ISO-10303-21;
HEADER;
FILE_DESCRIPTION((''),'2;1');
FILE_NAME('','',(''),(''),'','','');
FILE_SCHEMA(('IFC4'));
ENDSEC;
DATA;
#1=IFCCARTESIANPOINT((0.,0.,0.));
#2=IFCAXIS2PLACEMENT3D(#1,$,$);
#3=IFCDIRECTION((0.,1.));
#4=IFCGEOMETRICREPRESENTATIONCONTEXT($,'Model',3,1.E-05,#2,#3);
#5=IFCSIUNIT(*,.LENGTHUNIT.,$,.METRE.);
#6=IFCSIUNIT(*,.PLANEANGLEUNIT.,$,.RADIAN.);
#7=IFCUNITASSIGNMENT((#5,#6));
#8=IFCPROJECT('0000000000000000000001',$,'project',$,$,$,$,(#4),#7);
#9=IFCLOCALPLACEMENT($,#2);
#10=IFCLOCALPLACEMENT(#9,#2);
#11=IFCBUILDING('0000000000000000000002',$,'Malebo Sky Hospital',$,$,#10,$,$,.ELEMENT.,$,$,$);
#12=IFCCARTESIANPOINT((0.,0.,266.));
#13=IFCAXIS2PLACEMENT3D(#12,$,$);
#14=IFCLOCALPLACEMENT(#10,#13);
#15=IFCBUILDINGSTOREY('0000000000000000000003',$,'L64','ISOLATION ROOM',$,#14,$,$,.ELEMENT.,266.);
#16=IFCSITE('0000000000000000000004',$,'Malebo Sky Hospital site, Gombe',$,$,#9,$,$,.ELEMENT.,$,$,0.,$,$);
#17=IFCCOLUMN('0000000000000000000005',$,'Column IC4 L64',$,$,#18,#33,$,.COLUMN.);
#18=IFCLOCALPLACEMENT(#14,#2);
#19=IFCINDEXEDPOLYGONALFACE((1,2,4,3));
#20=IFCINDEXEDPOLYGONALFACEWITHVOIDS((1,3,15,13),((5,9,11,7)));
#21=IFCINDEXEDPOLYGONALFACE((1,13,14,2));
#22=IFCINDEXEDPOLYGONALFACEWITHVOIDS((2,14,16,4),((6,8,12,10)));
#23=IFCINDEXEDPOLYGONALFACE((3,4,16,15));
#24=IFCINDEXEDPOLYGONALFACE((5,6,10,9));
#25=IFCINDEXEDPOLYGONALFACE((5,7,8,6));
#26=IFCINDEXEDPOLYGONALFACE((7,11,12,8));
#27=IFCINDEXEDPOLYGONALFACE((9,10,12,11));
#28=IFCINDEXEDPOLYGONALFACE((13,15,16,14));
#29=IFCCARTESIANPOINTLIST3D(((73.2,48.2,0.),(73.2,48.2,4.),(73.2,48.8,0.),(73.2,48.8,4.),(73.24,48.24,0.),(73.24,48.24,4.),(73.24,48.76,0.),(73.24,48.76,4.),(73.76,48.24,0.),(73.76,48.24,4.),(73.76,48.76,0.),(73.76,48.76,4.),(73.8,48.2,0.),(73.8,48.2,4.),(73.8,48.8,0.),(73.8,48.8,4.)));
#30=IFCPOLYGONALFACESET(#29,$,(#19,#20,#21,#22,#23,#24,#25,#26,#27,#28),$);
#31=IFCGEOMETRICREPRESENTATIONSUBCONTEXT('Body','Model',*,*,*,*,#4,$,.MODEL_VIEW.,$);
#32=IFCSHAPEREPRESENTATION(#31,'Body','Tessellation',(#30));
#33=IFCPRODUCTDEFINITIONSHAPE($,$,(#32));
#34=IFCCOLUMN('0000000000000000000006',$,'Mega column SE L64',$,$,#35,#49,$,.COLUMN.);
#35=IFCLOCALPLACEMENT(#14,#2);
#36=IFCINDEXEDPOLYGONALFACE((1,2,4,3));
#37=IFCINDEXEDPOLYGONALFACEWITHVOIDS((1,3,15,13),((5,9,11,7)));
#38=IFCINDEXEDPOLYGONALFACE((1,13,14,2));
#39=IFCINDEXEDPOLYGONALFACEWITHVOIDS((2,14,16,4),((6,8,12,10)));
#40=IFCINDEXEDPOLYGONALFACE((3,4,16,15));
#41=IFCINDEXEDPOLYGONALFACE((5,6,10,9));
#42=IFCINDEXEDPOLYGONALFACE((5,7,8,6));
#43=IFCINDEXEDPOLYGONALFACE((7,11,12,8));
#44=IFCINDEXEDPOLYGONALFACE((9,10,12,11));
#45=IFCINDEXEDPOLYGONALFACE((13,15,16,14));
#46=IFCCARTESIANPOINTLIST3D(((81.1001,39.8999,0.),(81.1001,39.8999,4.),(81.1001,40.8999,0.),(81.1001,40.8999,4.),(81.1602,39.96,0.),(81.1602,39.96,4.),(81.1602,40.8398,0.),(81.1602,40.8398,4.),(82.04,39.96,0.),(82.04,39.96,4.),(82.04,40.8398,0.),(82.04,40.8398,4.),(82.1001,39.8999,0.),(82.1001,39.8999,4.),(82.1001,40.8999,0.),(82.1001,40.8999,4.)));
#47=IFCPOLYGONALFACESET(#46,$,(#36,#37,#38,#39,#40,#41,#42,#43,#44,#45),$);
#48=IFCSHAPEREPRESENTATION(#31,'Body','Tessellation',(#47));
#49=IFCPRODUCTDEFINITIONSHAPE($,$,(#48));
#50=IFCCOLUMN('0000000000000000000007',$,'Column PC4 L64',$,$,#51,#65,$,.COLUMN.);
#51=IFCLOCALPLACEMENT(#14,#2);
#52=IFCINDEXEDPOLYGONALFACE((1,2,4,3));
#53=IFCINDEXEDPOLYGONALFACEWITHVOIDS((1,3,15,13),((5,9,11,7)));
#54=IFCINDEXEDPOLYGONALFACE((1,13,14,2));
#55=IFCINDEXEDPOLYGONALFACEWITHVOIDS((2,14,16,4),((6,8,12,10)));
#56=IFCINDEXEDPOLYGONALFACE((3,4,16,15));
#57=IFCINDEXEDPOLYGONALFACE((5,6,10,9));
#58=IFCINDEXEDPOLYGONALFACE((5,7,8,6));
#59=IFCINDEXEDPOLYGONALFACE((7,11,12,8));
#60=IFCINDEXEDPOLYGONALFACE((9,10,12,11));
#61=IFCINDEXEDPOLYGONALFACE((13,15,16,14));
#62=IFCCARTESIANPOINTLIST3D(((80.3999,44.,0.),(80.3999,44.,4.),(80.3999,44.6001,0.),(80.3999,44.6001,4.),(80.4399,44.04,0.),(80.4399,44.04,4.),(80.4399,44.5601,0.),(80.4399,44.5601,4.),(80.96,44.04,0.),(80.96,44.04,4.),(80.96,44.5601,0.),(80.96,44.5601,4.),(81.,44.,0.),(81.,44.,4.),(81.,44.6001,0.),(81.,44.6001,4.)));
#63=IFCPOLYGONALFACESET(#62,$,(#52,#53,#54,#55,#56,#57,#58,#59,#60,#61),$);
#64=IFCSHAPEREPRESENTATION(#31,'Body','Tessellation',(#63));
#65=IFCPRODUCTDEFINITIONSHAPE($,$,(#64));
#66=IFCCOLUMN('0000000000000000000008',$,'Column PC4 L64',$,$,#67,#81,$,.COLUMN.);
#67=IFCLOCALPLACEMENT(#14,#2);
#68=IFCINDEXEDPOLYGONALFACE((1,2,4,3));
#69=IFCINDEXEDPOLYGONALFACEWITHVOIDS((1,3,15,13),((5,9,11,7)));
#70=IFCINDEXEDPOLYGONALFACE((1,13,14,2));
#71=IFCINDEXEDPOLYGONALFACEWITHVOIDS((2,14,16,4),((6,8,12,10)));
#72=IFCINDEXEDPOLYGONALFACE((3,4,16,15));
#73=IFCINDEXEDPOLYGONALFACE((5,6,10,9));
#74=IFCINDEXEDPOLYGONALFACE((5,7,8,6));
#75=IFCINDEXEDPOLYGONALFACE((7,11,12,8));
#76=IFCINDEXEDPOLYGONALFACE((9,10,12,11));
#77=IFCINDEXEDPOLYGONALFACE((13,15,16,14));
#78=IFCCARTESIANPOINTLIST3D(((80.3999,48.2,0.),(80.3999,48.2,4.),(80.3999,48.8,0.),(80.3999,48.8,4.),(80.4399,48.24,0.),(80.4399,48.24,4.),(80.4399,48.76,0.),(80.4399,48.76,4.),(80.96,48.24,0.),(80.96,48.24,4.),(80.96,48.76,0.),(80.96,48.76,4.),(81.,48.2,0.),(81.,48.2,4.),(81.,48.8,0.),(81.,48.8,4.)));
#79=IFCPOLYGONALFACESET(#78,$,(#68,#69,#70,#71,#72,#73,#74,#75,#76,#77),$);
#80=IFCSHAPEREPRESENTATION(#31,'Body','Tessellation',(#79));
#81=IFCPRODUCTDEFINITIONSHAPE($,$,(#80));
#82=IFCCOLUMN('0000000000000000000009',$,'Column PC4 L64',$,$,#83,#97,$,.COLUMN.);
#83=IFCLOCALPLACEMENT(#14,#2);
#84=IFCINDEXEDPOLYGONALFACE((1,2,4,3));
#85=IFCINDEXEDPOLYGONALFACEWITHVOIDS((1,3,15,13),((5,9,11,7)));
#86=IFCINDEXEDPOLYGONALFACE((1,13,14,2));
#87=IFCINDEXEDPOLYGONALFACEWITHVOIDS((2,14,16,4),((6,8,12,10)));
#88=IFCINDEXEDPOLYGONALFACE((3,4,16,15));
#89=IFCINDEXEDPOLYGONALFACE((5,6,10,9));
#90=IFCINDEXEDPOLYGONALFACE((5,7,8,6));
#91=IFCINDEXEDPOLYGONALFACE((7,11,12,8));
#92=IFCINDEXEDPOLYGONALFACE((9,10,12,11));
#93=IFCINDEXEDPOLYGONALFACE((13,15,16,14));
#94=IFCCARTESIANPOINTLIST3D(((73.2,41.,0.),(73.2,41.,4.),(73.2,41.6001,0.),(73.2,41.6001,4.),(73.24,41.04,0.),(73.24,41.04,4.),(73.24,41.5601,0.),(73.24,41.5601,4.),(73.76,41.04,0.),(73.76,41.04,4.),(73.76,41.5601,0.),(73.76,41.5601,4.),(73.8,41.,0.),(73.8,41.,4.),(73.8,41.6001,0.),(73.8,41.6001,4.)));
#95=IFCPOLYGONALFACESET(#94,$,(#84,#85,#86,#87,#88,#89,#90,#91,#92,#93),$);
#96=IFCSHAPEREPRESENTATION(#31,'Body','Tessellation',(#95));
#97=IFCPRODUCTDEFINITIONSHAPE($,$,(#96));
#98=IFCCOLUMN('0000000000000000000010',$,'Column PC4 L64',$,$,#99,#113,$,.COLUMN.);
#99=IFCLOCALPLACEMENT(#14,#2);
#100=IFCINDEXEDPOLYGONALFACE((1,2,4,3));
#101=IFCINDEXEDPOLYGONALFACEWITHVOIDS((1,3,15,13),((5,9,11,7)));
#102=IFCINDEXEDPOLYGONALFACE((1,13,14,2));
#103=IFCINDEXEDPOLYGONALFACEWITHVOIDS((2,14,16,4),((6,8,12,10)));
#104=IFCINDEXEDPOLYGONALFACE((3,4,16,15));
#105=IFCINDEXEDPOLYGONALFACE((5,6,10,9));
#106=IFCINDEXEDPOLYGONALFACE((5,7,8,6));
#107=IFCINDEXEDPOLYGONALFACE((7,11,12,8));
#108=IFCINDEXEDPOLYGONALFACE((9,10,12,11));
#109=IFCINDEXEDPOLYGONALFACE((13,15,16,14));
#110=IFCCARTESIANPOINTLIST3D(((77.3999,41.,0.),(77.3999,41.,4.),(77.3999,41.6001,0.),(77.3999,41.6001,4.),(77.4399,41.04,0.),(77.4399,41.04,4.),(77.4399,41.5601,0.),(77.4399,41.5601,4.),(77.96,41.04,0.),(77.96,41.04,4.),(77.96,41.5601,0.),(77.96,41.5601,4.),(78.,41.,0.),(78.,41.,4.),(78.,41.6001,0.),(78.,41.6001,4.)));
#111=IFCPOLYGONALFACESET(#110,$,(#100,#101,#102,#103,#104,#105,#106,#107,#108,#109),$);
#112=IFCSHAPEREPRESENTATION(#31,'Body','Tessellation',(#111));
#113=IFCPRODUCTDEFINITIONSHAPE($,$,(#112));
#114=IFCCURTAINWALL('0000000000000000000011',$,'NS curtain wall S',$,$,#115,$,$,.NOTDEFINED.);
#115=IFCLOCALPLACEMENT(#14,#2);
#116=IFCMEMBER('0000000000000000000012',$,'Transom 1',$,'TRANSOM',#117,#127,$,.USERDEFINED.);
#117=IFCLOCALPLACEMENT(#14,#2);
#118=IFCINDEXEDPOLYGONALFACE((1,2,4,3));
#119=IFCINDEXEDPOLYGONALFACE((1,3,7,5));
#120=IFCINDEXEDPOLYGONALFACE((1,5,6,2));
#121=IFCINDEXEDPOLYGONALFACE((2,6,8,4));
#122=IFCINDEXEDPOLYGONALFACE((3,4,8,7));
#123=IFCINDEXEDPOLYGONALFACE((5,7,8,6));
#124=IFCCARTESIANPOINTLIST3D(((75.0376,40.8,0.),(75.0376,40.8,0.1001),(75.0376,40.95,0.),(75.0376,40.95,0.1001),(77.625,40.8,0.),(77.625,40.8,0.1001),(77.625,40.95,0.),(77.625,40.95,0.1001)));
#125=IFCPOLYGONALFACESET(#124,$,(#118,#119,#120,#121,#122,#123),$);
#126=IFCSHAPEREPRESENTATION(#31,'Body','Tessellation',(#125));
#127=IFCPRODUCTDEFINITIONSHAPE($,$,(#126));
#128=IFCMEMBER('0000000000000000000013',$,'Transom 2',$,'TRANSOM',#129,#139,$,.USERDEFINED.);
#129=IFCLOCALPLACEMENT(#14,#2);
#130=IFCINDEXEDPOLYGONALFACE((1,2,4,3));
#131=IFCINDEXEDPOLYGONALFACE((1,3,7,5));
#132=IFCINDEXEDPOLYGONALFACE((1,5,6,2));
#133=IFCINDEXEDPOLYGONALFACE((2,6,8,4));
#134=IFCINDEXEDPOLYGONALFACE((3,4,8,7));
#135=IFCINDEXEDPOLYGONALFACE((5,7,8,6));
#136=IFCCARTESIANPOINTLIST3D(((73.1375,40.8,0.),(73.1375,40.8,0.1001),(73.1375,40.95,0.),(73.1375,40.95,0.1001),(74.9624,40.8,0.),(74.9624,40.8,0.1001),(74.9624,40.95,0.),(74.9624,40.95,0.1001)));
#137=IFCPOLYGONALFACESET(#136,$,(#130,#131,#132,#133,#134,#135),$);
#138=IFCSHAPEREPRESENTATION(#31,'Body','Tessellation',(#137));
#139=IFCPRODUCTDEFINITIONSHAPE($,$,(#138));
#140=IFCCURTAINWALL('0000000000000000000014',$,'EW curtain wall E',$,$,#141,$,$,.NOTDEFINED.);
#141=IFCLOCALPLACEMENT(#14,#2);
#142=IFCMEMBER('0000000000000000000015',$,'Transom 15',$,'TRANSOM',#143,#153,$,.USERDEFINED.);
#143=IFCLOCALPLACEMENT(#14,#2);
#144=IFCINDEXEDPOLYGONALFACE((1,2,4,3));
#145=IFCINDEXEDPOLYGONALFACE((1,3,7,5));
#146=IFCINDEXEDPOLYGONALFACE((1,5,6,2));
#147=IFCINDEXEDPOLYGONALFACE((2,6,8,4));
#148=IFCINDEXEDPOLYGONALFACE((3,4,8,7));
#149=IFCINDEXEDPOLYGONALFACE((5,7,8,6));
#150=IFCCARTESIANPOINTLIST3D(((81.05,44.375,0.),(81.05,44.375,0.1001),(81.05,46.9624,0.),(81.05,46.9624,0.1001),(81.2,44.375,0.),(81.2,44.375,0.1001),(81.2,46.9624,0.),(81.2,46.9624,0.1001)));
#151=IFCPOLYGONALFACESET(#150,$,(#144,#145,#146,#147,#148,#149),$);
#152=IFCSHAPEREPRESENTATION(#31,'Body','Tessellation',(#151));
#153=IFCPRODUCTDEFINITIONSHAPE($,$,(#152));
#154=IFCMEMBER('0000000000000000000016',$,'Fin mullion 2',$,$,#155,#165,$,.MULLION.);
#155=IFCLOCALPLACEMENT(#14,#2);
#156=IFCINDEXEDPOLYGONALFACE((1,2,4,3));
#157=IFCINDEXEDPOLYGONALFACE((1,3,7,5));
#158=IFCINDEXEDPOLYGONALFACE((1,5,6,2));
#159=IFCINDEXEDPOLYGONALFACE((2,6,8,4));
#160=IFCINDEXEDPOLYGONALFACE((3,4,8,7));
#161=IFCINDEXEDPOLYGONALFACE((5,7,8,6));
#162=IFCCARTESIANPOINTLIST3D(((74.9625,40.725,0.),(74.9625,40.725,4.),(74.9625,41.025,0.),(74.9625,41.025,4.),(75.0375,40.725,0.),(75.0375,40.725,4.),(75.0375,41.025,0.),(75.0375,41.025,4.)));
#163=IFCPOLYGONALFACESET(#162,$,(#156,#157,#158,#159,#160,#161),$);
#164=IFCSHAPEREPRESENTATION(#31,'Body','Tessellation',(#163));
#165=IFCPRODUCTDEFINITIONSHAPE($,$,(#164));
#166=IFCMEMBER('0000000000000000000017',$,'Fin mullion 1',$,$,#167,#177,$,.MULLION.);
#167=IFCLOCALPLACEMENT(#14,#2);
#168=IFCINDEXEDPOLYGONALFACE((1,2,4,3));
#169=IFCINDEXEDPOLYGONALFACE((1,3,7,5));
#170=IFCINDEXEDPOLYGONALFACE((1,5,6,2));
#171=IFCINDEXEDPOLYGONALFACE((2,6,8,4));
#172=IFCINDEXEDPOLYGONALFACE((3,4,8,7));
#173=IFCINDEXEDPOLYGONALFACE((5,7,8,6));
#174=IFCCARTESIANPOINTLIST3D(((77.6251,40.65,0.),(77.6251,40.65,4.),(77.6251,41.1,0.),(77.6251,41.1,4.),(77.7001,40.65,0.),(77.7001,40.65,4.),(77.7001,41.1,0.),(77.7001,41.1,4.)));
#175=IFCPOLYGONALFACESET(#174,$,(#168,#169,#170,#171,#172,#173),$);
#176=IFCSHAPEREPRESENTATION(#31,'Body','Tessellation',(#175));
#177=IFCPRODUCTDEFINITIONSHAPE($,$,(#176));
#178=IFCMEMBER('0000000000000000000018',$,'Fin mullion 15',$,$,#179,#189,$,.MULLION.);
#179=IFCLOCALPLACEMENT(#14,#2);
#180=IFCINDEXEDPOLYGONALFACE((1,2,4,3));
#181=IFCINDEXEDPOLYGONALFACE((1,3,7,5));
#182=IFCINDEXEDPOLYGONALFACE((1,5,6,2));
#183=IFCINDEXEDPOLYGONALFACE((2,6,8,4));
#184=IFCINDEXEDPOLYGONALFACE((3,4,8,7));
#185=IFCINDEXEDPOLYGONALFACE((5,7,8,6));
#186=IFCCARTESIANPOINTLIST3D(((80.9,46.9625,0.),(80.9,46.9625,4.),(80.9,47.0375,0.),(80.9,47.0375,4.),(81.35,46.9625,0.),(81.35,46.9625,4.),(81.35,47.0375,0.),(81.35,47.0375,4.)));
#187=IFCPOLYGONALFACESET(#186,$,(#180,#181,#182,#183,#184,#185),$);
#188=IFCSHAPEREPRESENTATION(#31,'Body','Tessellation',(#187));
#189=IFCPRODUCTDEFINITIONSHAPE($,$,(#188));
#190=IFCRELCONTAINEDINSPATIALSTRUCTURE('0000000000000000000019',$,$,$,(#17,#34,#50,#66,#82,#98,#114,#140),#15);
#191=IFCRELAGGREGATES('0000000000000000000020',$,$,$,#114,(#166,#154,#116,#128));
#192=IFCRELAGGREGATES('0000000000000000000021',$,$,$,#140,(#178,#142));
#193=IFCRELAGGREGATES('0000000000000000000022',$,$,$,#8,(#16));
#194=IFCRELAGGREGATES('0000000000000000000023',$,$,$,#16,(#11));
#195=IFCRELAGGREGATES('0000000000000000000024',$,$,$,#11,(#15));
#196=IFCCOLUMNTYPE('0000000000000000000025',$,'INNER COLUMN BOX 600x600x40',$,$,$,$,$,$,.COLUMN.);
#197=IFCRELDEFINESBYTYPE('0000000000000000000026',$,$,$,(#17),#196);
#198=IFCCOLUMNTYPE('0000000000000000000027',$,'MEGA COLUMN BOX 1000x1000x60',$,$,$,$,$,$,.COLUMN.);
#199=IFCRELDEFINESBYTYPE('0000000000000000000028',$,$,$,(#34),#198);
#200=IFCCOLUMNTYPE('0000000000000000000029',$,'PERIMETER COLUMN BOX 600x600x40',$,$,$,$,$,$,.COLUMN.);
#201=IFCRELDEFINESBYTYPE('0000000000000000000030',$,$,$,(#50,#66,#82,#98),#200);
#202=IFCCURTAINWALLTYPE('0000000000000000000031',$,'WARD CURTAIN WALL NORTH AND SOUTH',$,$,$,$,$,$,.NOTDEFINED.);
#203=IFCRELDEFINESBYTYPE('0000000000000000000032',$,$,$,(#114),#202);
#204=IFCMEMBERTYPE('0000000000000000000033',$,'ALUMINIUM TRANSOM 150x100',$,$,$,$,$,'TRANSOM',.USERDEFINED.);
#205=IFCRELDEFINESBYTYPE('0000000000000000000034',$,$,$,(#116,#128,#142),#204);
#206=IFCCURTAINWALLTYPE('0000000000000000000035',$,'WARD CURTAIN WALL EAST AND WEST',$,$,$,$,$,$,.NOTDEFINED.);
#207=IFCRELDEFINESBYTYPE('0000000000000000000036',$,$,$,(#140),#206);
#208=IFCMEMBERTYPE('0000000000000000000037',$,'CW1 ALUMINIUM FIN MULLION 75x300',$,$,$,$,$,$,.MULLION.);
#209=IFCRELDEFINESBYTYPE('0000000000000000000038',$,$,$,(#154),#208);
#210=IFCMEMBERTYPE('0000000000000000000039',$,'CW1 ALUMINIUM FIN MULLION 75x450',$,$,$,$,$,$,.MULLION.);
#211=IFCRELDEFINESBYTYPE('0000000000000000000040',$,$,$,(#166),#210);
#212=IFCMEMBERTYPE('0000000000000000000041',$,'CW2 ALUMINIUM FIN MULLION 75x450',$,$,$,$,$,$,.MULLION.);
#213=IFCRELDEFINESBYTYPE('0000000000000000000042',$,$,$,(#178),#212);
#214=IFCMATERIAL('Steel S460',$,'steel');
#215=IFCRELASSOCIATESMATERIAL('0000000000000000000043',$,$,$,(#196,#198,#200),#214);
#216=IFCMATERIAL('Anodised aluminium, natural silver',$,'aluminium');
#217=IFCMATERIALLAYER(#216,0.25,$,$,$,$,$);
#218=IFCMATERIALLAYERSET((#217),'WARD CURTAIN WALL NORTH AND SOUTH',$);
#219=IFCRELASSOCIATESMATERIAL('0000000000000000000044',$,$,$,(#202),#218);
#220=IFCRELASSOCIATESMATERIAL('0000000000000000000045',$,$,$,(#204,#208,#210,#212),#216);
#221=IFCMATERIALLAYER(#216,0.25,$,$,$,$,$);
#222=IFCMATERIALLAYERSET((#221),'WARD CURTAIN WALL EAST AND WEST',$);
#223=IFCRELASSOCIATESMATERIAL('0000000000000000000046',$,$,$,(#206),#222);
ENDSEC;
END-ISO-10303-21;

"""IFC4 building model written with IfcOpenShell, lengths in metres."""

from ifc_helpers import new_model, si_unit, direction, frame, origin, origin_2d, place, context, subcontext, project, spatial, rectangle, hollow_rectangle, extrude, material, layer, layer_set, material_profile, profile_set, type_object, element, aggregate, save


model = new_model("IFC4")

# Units and contexts
model_context = context("Model", 3, precision=1e-05, world=origin(), true_north=direction((0.0, 1.0)))
body_context = subcontext(model_context, "Body", "Model", "MODEL_VIEW")
ifc_project = project(units=[si_unit("LENGTHUNIT", "METRE"), si_unit("PLANEANGLEUNIT", "RADIAN")], contexts=[model_context])

# Site, building, storey
site_placement = place(None, origin())
site = spatial("IfcSite", under=ifc_project, at=site_placement, Name="Malebo Sky Hospital site, Gombe", CompositionType="ELEMENT", RefElevation=0.0)
building_placement = place(site_placement, origin())
building = spatial("IfcBuilding", under=site, at=building_placement, Name="Malebo Sky Hospital", CompositionType="ELEMENT")
storey_placement = place(building_placement, frame((0.0, 0.0, 266.0)))
storey = spatial("IfcBuildingStorey", under=building, at=storey_placement, Name="L64", Description="ISOLATION ROOM", CompositionType="ELEMENT", Elevation=266.0)

# Columns
ifc_material_1 = material(Name="Steel S460", Category="steel")
ifc_material_profile_1 = material_profile(ifc_material_1, hollow_rectangle(XDim=0.6001, YDim=0.6001, WallThickness=0.04, at=origin_2d()), Name="BOX 600x600x40")
ifc_profile_set_1 = profile_set([ifc_material_profile_1], Name="Steel S460")
column_type_1 = type_object("IfcColumnType", Name="INNER COLUMN BOX 600x600x40", PredefinedType="COLUMN", material=ifc_profile_set_1)
column_1_placement = place(storey_placement, frame((73.5, 48.5, 0.0), z_axis=(0.0, 0.0, 1.0), x_axis=(1.0, 0.0, 0.0)))
element("IfcColumn", 1, at=column_1_placement, inside=storey, type_object=column_type_1, Name="Column IC4 L64", PredefinedType="COLUMN", context=body_context, shape_type="SweptSolid", body=[
    extrude(hollow_rectangle(XDim=0.6001, YDim=0.6001, WallThickness=0.04, at=origin_2d()), origin(), (0.0, 0.0, 1.0), 4.0),
])
ifc_material_profile_2 = material_profile(ifc_material_1, hollow_rectangle(XDim=1.0, YDim=1.0, WallThickness=0.0601, at=origin_2d()), Name="BOX 1000x1000x60")
ifc_profile_set_2 = profile_set([ifc_material_profile_2], Name="Steel S460")
column_type_2 = type_object("IfcColumnType", Name="MEGA COLUMN BOX 1000x1000x60", PredefinedType="COLUMN", material=ifc_profile_set_2)
column_2_placement = place(storey_placement, frame((81.6001, 40.3999, 0.0), z_axis=(0.0, 0.0, 1.0), x_axis=(1.0, 0.0, 0.0)))
element("IfcColumn", 2, at=column_2_placement, inside=storey, type_object=column_type_2, Name="Mega column SE L64", PredefinedType="COLUMN", context=body_context, shape_type="SweptSolid", body=[
    extrude(hollow_rectangle(XDim=1.0, YDim=1.0, WallThickness=0.0601, at=origin_2d()), origin(), (0.0, 0.0, 1.0), 4.0),
])
ifc_material_profile_3 = material_profile(ifc_material_1, hollow_rectangle(XDim=0.6001, YDim=0.6001, WallThickness=0.04, at=origin_2d()), Name="BOX 600x600x40")
ifc_profile_set_3 = profile_set([ifc_material_profile_3], Name="Steel S460")
column_type_3 = type_object("IfcColumnType", Name="PERIMETER COLUMN BOX 600x600x40", PredefinedType="COLUMN", material=ifc_profile_set_3)
for number, where, z_axis, x_axis, name in (
    (3, (80.7, 44.3, 0.0), (0.0, 0.0, 1.0), (1.0, 0.0, 0.0), "Column PC4 L64"),
    (4, (80.7, 48.5, 0.0), (0.0, 0.0, 1.0), (1.0, 0.0, 0.0), "Column PC4 L64"),
    (5, (73.5, 41.3, 0.0), (0.0, 0.0, 1.0), (1.0, 0.0, 0.0), "Column PC4 L64"),
    (6, (77.7, 41.3, 0.0), (0.0, 0.0, 1.0), (1.0, 0.0, 0.0), "Column PC4 L64"),
):
    element("IfcColumn", number, at=place(storey_placement, frame(where, z_axis=z_axis, x_axis=x_axis)), inside=storey, type_object=column_type_3, Name=name, PredefinedType="COLUMN", context=body_context, shape_type="SweptSolid", body=[
        extrude(hollow_rectangle(XDim=0.6001, YDim=0.6001, WallThickness=0.04, at=origin_2d()), origin(), (0.0, 0.0, 1.0), 4.0),
    ])

# Curtain wall, members
ifc_material_2 = material(Name="Anodised aluminium, natural silver", Category="aluminium")
ifc_layer_1 = layer(ifc_material_2, 0.25)
ifc_layer_set_1 = layer_set([ifc_layer_1], Name="WARD CURTAIN WALL NORTH AND SOUTH")
curtain_wall_type_1 = type_object("IfcCurtainWallType", Name="WARD CURTAIN WALL NORTH AND SOUTH", PredefinedType="NOTDEFINED", material=ifc_layer_set_1)
curtain_wall_1_placement = place(storey_placement, origin())
curtain_wall_1 = element("IfcCurtainWall", 7, at=curtain_wall_1_placement, inside=storey, type_object=curtain_wall_type_1, Name="NS curtain wall S", PredefinedType="NOTDEFINED")
ifc_material_profile_4 = material_profile(ifc_material_2, rectangle(XDim=0.1499, YDim=0.1001, at=origin_2d()), Name="ALUMINIUM TRANSOM 150x100")
ifc_profile_set_4 = profile_set([ifc_material_profile_4], Name="Anodised aluminium, natural silver")
member_type_1 = type_object("IfcMemberType", Name="ALUMINIUM TRANSOM 150x100", ElementType="TRANSOM", PredefinedType="USERDEFINED", material=ifc_profile_set_4)
member_1_placement = place(storey_placement, frame((77.625, 40.875, 0.05), z_axis=(-1.0, 0.0, 0.0), x_axis=(0.0, -1.0, 0.0)))
member_1 = element("IfcMember", 8, at=member_1_placement, type_object=member_type_1, Name="Transom 1", ObjectType="TRANSOM", PredefinedType="USERDEFINED", context=body_context, shape_type="SweptSolid", body=[
    extrude(rectangle(XDim=0.1499, YDim=0.1001, at=origin_2d()), origin(), (0.0, 0.0, 1.0), 2.5874),
])
member_2_placement = place(storey_placement, frame((74.9624, 40.875, 0.05), z_axis=(-1.0, 0.0, 0.0), x_axis=(0.0, -1.0, 0.0)))
member_2 = element("IfcMember", 9, at=member_2_placement, type_object=member_type_1, Name="Transom 2", ObjectType="TRANSOM", PredefinedType="USERDEFINED", context=body_context, shape_type="SweptSolid", body=[
    extrude(rectangle(XDim=0.1499, YDim=0.1001, at=origin_2d()), origin(), (0.0, 0.0, 1.0), 1.825),
])

# Curtain wall, member
ifc_layer_2 = layer(ifc_material_2, 0.25)
ifc_layer_set_2 = layer_set([ifc_layer_2], Name="WARD CURTAIN WALL EAST AND WEST")
curtain_wall_type_2 = type_object("IfcCurtainWallType", Name="WARD CURTAIN WALL EAST AND WEST", PredefinedType="NOTDEFINED", material=ifc_layer_set_2)
curtain_wall_2_placement = place(storey_placement, origin())
curtain_wall_2 = element("IfcCurtainWall", 10, at=curtain_wall_2_placement, inside=storey, type_object=curtain_wall_type_2, Name="EW curtain wall E", PredefinedType="NOTDEFINED")
member_3_placement = place(storey_placement, frame((81.125, 46.9624, 0.05), z_axis=(0.0, -1.0, 0.0), x_axis=(1.0, 0.0, 0.0)))
member_3 = element("IfcMember", 11, at=member_3_placement, type_object=member_type_1, Name="Transom 15", ObjectType="TRANSOM", PredefinedType="USERDEFINED", context=body_context, shape_type="SweptSolid", body=[
    extrude(rectangle(XDim=0.1499, YDim=0.1001, at=origin_2d()), origin(), (0.0, 0.0, 1.0), 2.5874),
])

# Members
ifc_material_profile_5 = material_profile(ifc_material_2, rectangle(XDim=0.075, YDim=0.3, at=origin_2d()), Name="CW1 ALUMINIUM FIN MULLION 75x300")
ifc_profile_set_5 = profile_set([ifc_material_profile_5], Name="Anodised aluminium, natural silver")
member_type_2 = type_object("IfcMemberType", Name="CW1 ALUMINIUM FIN MULLION 75x300", PredefinedType="MULLION", material=ifc_profile_set_5)
member_4_placement = place(storey_placement, frame((75.0, 40.875, 0.0), z_axis=(0.0, 0.0, 1.0), x_axis=(-1.0, 0.0, 0.0)))
member_4 = element("IfcMember", 12, at=member_4_placement, type_object=member_type_2, Name="Fin mullion 2", PredefinedType="MULLION", context=body_context, shape_type="SweptSolid", body=[
    extrude(rectangle(XDim=0.075, YDim=0.3, at=origin_2d()), origin(), (0.0, 0.0, 1.0), 4.0),
])
ifc_material_profile_6 = material_profile(ifc_material_2, rectangle(XDim=0.075, YDim=0.45, at=origin_2d()), Name="CW1 ALUMINIUM FIN MULLION 75x450")
ifc_profile_set_6 = profile_set([ifc_material_profile_6], Name="Anodised aluminium, natural silver")
member_type_3 = type_object("IfcMemberType", Name="CW1 ALUMINIUM FIN MULLION 75x450", PredefinedType="MULLION", material=ifc_profile_set_6)
member_5_placement = place(storey_placement, frame((77.6626, 40.875, 0.0), z_axis=(0.0, 0.0, 1.0), x_axis=(-1.0, 0.0, 0.0)))
member_5 = element("IfcMember", 13, at=member_5_placement, type_object=member_type_3, Name="Fin mullion 1", PredefinedType="MULLION", context=body_context, shape_type="SweptSolid", body=[
    extrude(rectangle(XDim=0.075, YDim=0.45, at=origin_2d()), origin(), (0.0, 0.0, 1.0), 4.0),
])
ifc_material_profile_7 = material_profile(ifc_material_2, rectangle(XDim=0.075, YDim=0.45, at=origin_2d()), Name="CW2 ALUMINIUM FIN MULLION 75x450")
ifc_profile_set_7 = profile_set([ifc_material_profile_7], Name="Anodised aluminium, natural silver")
member_type_4 = type_object("IfcMemberType", Name="CW2 ALUMINIUM FIN MULLION 75x450", PredefinedType="MULLION", material=ifc_profile_set_7)
member_6_placement = place(storey_placement, frame((81.125, 47.0, 0.0), z_axis=(0.0, 0.0, 1.0), x_axis=(0.0, -1.0, 0.0)))
member_6 = element("IfcMember", 14, at=member_6_placement, type_object=member_type_4, Name="Fin mullion 15", PredefinedType="MULLION", context=body_context, shape_type="SweptSolid", body=[
    extrude(rectangle(XDim=0.075, YDim=0.45, at=origin_2d()), origin(), (0.0, 0.0, 1.0), 4.0),
])

aggregate(curtain_wall_1, [member_5, member_4, member_1, member_2])
aggregate(curtain_wall_2, [member_6, member_3])

save(model, "model.ifc")
